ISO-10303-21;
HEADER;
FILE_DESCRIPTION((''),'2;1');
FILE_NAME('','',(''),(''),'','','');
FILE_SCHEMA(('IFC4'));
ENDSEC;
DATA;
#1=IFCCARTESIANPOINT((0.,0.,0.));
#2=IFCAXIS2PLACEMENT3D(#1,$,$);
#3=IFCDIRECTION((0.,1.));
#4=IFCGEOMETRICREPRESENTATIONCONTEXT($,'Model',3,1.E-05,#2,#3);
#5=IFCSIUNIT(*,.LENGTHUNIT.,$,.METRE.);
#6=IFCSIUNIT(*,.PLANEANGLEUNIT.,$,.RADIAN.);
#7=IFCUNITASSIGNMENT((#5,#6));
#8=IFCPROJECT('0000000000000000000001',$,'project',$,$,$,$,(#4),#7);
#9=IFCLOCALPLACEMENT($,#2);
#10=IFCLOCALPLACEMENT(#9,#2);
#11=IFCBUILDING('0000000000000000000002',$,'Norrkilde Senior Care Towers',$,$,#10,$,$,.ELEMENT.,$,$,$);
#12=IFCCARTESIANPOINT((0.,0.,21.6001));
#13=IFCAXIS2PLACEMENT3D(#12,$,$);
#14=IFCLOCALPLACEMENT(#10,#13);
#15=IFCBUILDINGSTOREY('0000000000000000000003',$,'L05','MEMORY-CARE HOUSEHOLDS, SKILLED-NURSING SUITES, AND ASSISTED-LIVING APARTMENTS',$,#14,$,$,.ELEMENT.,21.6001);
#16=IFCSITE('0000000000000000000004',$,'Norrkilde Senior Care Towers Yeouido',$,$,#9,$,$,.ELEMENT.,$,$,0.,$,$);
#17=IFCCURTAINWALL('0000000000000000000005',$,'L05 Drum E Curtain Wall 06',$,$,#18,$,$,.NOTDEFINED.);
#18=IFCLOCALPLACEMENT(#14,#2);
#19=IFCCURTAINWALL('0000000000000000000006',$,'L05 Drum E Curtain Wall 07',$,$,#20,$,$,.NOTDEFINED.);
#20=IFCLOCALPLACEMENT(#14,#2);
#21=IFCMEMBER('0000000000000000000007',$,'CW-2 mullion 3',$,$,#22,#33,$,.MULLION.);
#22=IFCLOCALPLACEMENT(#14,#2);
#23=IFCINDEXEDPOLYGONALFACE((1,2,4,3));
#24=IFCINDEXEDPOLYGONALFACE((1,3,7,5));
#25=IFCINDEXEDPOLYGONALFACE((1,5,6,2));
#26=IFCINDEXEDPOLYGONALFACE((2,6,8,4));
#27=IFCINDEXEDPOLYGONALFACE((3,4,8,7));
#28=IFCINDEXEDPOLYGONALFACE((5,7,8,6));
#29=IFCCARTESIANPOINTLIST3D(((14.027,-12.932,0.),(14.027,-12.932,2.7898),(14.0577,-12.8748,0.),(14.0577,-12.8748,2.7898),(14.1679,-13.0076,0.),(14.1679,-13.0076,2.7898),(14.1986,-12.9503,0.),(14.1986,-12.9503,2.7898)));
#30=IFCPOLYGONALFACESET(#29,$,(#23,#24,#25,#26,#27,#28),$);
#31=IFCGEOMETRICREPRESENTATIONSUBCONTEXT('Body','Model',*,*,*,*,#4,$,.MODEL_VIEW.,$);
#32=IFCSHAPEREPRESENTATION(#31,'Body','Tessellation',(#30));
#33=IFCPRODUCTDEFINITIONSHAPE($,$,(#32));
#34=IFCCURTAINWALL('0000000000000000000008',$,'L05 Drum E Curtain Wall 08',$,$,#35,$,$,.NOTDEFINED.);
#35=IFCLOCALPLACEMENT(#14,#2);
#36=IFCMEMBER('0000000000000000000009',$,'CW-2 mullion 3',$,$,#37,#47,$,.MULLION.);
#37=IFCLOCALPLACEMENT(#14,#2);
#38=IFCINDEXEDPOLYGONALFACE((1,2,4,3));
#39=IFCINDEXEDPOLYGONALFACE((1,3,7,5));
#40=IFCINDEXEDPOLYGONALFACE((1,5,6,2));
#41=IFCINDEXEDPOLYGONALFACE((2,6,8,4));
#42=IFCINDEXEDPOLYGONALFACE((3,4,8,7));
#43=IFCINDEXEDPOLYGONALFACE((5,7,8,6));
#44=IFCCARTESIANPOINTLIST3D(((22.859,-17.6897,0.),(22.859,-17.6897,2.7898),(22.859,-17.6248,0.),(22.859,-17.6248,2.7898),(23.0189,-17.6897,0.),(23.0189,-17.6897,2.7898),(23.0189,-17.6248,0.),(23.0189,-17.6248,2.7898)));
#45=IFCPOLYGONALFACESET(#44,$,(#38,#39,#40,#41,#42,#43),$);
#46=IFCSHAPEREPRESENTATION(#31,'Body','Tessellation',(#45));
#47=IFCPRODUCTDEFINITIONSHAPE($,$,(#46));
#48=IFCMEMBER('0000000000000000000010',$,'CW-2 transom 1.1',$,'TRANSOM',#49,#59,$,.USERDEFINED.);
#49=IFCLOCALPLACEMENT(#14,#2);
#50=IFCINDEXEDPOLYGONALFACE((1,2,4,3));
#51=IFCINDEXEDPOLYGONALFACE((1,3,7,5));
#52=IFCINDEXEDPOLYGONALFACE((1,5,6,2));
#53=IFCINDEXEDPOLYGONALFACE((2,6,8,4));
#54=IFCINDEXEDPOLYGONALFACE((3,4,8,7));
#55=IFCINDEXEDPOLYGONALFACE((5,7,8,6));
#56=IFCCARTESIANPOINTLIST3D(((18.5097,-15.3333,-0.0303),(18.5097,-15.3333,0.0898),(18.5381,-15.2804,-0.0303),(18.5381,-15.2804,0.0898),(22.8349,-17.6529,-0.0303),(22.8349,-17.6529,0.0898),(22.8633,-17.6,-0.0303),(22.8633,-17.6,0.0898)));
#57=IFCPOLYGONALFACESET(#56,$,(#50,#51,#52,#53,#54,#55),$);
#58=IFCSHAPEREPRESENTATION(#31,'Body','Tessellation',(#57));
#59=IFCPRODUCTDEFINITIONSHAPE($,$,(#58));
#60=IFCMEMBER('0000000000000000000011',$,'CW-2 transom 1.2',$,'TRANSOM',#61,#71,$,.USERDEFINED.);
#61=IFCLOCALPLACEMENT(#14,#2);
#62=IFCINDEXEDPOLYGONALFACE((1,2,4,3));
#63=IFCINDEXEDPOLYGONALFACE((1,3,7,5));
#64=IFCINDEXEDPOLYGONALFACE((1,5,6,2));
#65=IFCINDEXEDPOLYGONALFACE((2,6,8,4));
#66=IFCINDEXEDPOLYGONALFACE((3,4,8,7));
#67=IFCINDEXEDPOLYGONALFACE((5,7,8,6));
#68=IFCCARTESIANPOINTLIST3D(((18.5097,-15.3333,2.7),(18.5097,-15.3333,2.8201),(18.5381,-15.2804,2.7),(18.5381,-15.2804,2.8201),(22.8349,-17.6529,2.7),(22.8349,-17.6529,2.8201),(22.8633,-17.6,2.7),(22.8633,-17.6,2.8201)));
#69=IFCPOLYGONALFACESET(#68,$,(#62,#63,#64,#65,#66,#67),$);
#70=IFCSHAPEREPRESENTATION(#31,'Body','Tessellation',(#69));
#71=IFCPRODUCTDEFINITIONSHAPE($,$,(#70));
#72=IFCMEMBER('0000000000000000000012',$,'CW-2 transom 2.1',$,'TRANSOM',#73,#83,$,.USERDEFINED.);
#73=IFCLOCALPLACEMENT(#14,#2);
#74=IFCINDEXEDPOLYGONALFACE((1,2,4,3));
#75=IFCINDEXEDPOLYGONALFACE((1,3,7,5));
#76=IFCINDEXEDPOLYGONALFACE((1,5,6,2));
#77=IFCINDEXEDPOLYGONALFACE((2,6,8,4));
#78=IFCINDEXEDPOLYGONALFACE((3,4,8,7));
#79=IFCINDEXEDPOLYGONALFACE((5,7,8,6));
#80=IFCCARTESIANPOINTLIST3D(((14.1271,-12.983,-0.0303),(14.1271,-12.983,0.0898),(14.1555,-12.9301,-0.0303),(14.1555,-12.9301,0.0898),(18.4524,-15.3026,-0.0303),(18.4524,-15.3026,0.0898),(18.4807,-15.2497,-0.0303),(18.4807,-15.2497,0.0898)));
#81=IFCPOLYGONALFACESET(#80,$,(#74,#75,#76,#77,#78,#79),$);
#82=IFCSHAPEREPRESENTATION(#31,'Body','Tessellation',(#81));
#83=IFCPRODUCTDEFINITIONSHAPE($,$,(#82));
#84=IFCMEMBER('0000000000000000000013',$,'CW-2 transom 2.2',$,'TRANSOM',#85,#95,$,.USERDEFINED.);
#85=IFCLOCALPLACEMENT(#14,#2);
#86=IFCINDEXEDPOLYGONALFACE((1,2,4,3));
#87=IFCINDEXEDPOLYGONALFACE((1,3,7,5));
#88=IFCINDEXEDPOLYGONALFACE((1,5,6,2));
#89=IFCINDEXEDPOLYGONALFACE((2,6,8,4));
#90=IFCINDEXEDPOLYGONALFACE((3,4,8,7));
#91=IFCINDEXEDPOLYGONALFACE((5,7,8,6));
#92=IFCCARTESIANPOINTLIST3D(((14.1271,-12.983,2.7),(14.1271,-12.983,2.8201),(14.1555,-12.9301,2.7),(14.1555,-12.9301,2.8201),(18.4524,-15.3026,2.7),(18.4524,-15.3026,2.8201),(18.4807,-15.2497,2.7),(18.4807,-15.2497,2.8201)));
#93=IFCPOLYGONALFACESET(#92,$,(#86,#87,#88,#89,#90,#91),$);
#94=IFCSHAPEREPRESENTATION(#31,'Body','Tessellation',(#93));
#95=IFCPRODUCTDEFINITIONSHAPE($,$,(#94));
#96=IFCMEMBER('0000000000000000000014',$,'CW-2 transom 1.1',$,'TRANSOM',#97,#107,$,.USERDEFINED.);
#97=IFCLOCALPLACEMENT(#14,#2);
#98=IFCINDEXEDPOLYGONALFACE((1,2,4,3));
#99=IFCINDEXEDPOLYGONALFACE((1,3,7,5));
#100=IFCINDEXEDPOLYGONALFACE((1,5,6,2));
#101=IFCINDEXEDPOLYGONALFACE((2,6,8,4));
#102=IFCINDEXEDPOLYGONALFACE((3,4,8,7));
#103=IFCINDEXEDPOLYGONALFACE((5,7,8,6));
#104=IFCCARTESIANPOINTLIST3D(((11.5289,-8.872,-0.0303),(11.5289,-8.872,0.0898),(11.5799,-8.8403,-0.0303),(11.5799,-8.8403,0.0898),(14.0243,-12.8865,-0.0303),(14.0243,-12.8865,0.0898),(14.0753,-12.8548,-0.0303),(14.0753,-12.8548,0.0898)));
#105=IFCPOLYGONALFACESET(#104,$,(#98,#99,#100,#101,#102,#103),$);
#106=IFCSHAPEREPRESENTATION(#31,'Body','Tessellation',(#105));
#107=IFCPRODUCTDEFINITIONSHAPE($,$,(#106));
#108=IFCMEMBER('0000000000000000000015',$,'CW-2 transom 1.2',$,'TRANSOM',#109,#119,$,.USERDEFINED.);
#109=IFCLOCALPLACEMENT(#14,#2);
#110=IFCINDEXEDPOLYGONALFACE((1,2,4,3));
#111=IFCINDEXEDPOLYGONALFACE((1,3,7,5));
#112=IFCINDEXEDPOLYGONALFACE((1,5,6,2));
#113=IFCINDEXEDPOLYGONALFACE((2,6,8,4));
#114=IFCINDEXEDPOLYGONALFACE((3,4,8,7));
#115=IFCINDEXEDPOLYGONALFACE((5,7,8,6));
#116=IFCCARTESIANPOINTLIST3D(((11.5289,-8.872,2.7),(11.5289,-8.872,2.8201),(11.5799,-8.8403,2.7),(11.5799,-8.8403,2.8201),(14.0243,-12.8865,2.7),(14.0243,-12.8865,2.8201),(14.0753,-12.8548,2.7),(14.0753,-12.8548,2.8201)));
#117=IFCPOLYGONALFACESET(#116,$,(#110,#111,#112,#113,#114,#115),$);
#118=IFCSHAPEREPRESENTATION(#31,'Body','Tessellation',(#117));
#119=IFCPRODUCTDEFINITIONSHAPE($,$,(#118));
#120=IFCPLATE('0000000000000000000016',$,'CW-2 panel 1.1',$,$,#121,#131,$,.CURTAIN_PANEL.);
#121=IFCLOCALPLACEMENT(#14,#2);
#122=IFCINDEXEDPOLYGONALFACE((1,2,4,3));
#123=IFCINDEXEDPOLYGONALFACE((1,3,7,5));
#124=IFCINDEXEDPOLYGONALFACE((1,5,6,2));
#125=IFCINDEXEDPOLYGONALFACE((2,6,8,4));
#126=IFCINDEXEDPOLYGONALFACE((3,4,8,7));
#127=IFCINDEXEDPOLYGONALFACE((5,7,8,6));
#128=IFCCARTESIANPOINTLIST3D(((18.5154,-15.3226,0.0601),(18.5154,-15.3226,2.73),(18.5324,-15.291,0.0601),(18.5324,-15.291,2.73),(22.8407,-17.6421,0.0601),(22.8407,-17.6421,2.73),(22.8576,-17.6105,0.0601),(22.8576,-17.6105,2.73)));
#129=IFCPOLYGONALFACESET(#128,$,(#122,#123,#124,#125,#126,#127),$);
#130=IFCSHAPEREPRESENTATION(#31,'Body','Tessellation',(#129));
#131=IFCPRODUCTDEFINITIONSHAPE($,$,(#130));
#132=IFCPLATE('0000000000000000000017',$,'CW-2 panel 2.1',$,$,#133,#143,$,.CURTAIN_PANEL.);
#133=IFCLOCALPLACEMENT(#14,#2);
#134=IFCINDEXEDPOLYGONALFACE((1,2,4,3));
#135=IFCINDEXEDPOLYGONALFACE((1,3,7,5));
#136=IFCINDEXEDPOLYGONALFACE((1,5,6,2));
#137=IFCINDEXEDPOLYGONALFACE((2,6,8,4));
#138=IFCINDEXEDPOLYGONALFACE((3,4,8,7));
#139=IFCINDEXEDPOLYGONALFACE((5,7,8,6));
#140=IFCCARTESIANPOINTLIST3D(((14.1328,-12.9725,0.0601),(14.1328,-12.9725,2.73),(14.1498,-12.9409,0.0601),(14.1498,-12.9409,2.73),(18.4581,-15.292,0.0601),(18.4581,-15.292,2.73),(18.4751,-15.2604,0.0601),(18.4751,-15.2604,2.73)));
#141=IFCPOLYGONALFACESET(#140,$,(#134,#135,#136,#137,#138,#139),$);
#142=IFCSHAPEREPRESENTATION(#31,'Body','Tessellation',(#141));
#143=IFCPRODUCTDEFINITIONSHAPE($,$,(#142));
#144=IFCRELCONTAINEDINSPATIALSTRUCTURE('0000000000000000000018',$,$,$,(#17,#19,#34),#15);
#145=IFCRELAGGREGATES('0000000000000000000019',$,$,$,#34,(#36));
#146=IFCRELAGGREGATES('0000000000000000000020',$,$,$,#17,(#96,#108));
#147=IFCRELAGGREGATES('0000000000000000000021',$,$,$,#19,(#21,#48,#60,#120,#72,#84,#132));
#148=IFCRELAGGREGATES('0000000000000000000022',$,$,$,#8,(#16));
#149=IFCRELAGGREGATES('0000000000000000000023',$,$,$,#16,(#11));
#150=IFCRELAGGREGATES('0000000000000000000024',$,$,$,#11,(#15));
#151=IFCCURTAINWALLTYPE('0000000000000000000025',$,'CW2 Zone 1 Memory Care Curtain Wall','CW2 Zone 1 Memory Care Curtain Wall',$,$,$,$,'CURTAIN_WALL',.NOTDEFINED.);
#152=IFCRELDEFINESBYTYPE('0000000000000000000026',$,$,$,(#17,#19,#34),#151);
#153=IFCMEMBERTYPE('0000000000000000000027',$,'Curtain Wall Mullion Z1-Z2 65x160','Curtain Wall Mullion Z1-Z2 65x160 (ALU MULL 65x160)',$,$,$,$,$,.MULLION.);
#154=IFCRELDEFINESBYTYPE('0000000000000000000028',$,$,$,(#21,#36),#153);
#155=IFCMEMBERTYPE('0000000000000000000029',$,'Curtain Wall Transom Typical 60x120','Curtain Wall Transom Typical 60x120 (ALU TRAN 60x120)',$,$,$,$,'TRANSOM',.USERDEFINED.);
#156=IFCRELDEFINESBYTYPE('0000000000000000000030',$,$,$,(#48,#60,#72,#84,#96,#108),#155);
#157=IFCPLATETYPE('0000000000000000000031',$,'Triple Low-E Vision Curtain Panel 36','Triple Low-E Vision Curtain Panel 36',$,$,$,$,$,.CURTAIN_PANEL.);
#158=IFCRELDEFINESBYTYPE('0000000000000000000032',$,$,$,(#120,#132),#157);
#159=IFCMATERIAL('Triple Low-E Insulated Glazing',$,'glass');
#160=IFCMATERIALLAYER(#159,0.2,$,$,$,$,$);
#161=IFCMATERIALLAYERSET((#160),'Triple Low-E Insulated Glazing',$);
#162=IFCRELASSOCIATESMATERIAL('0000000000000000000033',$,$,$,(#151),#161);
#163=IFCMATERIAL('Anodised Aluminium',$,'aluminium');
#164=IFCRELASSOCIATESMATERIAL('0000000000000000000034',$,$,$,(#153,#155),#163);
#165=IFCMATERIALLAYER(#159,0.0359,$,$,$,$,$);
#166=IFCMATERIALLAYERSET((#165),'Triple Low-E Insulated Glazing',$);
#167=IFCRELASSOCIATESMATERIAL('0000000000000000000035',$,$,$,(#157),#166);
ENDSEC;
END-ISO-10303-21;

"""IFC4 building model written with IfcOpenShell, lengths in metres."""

from ifc_helpers import new_model, si_unit, direction, frame, origin, origin_2d, place, context, subcontext, project, spatial, rectangle, extrude, source, transform, mapped, material, layer, layer_set, material_profile, profile_set, type_object, type_shapes, element, aggregate, save


model = new_model("IFC4")

# Units and contexts
model_context = context("Model", 3, precision=1e-05, world=origin(), true_north=direction((0.0, 1.0)))
body_context = subcontext(model_context, "Body", "Model", "MODEL_VIEW")
ifc_project = project(units=[si_unit("LENGTHUNIT", "METRE"), si_unit("PLANEANGLEUNIT", "RADIAN")], contexts=[model_context])

# Site, building, storey
site_placement = place(None, origin())
site = spatial("IfcSite", under=ifc_project, at=site_placement, Name="Norrkilde Senior Care Towers Yeouido", CompositionType="ELEMENT", RefElevation=0.0)
building_placement = place(site_placement, origin())
building = spatial("IfcBuilding", under=site, at=building_placement, Name="Norrkilde Senior Care Towers", CompositionType="ELEMENT")
storey_placement = place(building_placement, frame((0.0, 0.0, 21.6001)))
storey = spatial("IfcBuildingStorey", under=building, at=storey_placement, Name="L05", Description="MEMORY-CARE HOUSEHOLDS, SKILLED-NURSING SUITES, AND ASSISTED-LIVING APARTMENTS", CompositionType="ELEMENT", Elevation=21.6001)

# Curtain wall
ifc_material_1 = material(Name="Triple Low-E Insulated Glazing", Category="glass")
ifc_layer_1 = layer(ifc_material_1, 0.2)
ifc_layer_set_1 = layer_set([ifc_layer_1], Name="Triple Low-E Insulated Glazing")
curtain_wall_type = type_object("IfcCurtainWallType", Name="CW2 Zone 1 Memory Care Curtain Wall", Description="CW2 Zone 1 Memory Care Curtain Wall", ElementType="CURTAIN_WALL", PredefinedType="NOTDEFINED", material=ifc_layer_set_1)
curtain_wall_1_placement = place(storey_placement, origin())
curtain_wall_1 = element("IfcCurtainWall", 1, at=curtain_wall_1_placement, inside=storey, type_object=curtain_wall_type, Name="L05 Drum E Curtain Wall 06", PredefinedType="NOTDEFINED")
ifc_material_2 = material(Name="Anodised Aluminium", Category="aluminium")
ifc_material_profile_1 = material_profile(ifc_material_2, rectangle(XDim=0.0649, YDim=0.1599, at=origin_2d()), Name="ALU MULL 65x160")
ifc_profile_set_1 = profile_set([ifc_material_profile_1], Name="Anodised Aluminium")
member_type_1 = type_object("IfcMemberType", Name="Curtain Wall Mullion Z1-Z2 65x160", Description="Curtain Wall Mullion Z1-Z2 65x160 (ALU MULL 65x160)", PredefinedType="MULLION", material=ifc_profile_set_1)
shared_shape_1 = source(origin(), body_context, "Body", "SweptSolid", [
    extrude(rectangle(XDim=0.0649, YDim=0.1599, at=origin_2d()), origin(), (0.0, 0.0, 1.0), 2.7898),
])
type_shapes(member_type_1, [shared_shape_1])

# Curtain wall, member
curtain_wall_2_placement = place(storey_placement, origin())
curtain_wall_2 = element("IfcCurtainWall", 2, at=curtain_wall_2_placement, inside=storey, type_object=curtain_wall_type, Name="L05 Drum E Curtain Wall 07", PredefinedType="NOTDEFINED")
member_1_placement = place(storey_placement, frame((14.1128, -12.9412, 0.0), z_axis=(0.0, 0.0, 1.0), x_axis=(-0.472608, -0.881273, 0.0)))
member_1 = element("IfcMember", 3, at=member_1_placement, type_object=member_type_1, Name="CW-2 mullion 3", PredefinedType="MULLION", context=body_context, shape_type="MappedRepresentation", body=[
    mapped(shared_shape_1, transform((0.0, 0.0, 0.0), x_axis=(1.0, 0.0, 0.0), y_axis=(0.0, 1.0, 0.0), z_axis=(0.0, 0.0, 1.0), scale=1.0)),
])

# Curtain wall, member
curtain_wall_3_placement = place(storey_placement, origin())
curtain_wall_3 = element("IfcCurtainWall", 4, at=curtain_wall_3_placement, inside=storey, type_object=curtain_wall_type, Name="L05 Drum E Curtain Wall 08", PredefinedType="NOTDEFINED")
member_2_placement = place(storey_placement, frame((22.939, -17.6572, 0.0), z_axis=(0.0, 0.0, 1.0), x_axis=(0.0, -1.0, 0.0)))
member_2 = element("IfcMember", 5, at=member_2_placement, type_object=member_type_1, Name="CW-2 mullion 3", PredefinedType="MULLION", context=body_context, shape_type="MappedRepresentation", body=[
    mapped(shared_shape_1, transform((0.0, 0.0, 0.0), x_axis=(1.0, 0.0, 0.0), y_axis=(0.0, 1.0, 0.0), z_axis=(0.0, 0.0, 1.0), scale=1.0)),
])
aggregate(curtain_wall_3, [member_2])

# Members
ifc_material_profile_2 = material_profile(ifc_material_2, rectangle(XDim=0.0601, YDim=0.1201, at=origin_2d()), Name="ALU TRAN 60x120")
ifc_profile_set_2 = profile_set([ifc_material_profile_2], Name="Anodised Aluminium")
member_type_2 = type_object("IfcMemberType", Name="Curtain Wall Transom Typical 60x120", Description="Curtain Wall Transom Typical 60x120 (ALU TRAN 60x120)", ElementType="TRANSOM", PredefinedType="USERDEFINED", material=ifc_profile_set_2)
shared_shape_2 = source(origin(), body_context, "Body", "SweptSolid", [
    extrude(rectangle(XDim=0.0601, YDim=0.1201, at=origin_2d()), origin(), (0.0, 0.0, 1.0), 4.908),
])
member_3_placement = place(storey_placement, frame((22.8491, -17.6265, 0.0298), z_axis=(-0.881267, 0.472619, 0.0), x_axis=(-0.472619, -0.881267, 0.0)))
member_3 = element("IfcMember", 6, at=member_3_placement, type_object=member_type_2, Name="CW-2 transom 1.1", ObjectType="TRANSOM", PredefinedType="USERDEFINED", context=body_context, shape_type="MappedRepresentation", body=[
    mapped(shared_shape_2, transform((0.0, 0.0, 0.0), x_axis=(1.0, 0.0, 0.0), y_axis=(0.0, 1.0, 0.0), z_axis=(0.0, 0.0, 1.0), scale=1.0)),
])
member_4_placement = place(storey_placement, frame((22.8491, -17.6265, 2.76), z_axis=(-0.881267, 0.472619, 0.0), x_axis=(-0.472619, -0.881267, 0.0)))
member_4 = element("IfcMember", 7, at=member_4_placement, type_object=member_type_2, Name="CW-2 transom 1.2", ObjectType="TRANSOM", PredefinedType="USERDEFINED", context=body_context, shape_type="MappedRepresentation", body=[
    mapped(shared_shape_2, transform((0.0, 0.0, 0.0), x_axis=(1.0, 0.0, 0.0), y_axis=(0.0, 1.0, 0.0), z_axis=(0.0, 0.0, 1.0), scale=1.0)),
])
member_5_placement = place(storey_placement, frame((18.4666, -15.2761, 0.0298), z_axis=(-0.881267, 0.472619, 0.0), x_axis=(-0.472619, -0.881267, 0.0)))
member_5 = element("IfcMember", 8, at=member_5_placement, type_object=member_type_2, Name="CW-2 transom 2.1", ObjectType="TRANSOM", PredefinedType="USERDEFINED", context=body_context, shape_type="MappedRepresentation", body=[
    mapped(shared_shape_2, transform((0.0, 0.0, 0.0), x_axis=(1.0, 0.0, 0.0), y_axis=(0.0, 1.0, 0.0), z_axis=(0.0, 0.0, 1.0), scale=1.0)),
])
member_6_placement = place(storey_placement, frame((18.4666, -15.2761, 2.76), z_axis=(-0.881267, 0.472619, 0.0), x_axis=(-0.472619, -0.881267, 0.0)))
member_6 = element("IfcMember", 9, at=member_6_placement, type_object=member_type_2, Name="CW-2 transom 2.2", ObjectType="TRANSOM", PredefinedType="USERDEFINED", context=body_context, shape_type="MappedRepresentation", body=[
    mapped(shared_shape_2, transform((0.0, 0.0, 0.0), x_axis=(1.0, 0.0, 0.0), y_axis=(0.0, 1.0, 0.0), z_axis=(0.0, 0.0, 1.0), scale=1.0)),
])
shared_shape_3 = source(origin(), body_context, "Body", "SweptSolid", [
    extrude(rectangle(XDim=0.0601, YDim=0.1201, at=origin_2d()), origin(), (0.0, 0.0, 1.0), 4.7268),
])
type_shapes(member_type_2, [shared_shape_2, shared_shape_3])
member_7_placement = place(storey_placement, frame((14.0498, -12.8706, 0.0298), z_axis=(-0.527922, 0.849293, 0.0), x_axis=(-0.849293, -0.527922, 0.0)))
member_7 = element("IfcMember", 10, at=member_7_placement, type_object=member_type_2, Name="CW-2 transom 1.1", ObjectType="TRANSOM", PredefinedType="USERDEFINED", context=body_context, shape_type="MappedRepresentation", body=[
    mapped(shared_shape_3, transform((0.0, 0.0, 0.0), x_axis=(1.0, 0.0, 0.0), y_axis=(0.0, 1.0, 0.0), z_axis=(0.0, 0.0, 1.0), scale=1.0)),
])
member_8_placement = place(storey_placement, frame((14.0498, -12.8706, 2.76), z_axis=(-0.527922, 0.849293, 0.0), x_axis=(-0.849293, -0.527922, 0.0)))
member_8 = element("IfcMember", 11, at=member_8_placement, type_object=member_type_2, Name="CW-2 transom 1.2", ObjectType="TRANSOM", PredefinedType="USERDEFINED", context=body_context, shape_type="MappedRepresentation", body=[
    mapped(shared_shape_3, transform((0.0, 0.0, 0.0), x_axis=(1.0, 0.0, 0.0), y_axis=(0.0, 1.0, 0.0), z_axis=(0.0, 0.0, 1.0), scale=1.0)),
])
aggregate(curtain_wall_1, [member_7, member_8])

# Plates
ifc_layer_2 = layer(ifc_material_1, 0.0359)
ifc_layer_set_2 = layer_set([ifc_layer_2], Name="Triple Low-E Insulated Glazing")
plate_type = type_object("IfcPlateType", Name="Triple Low-E Vision Curtain Panel 36", Description="Triple Low-E Vision Curtain Panel 36", PredefinedType="CURTAIN_PANEL", material=ifc_layer_set_2)
shared_shape_4 = source(origin(), body_context, "Body", "SweptSolid", [
    extrude(rectangle(XDim=4.908, YDim=0.0359, at=origin_2d()), origin(), (0.0, 0.0, 1.0), 2.6699),
])
type_shapes(plate_type, [shared_shape_4])
plate_1_placement = place(storey_placement, frame((20.6865, -16.4666, 0.0601), z_axis=(0.0, 0.0, 1.0), x_axis=(-0.881273, 0.472608, 0.0)))
plate_1 = element("IfcPlate", 12, at=plate_1_placement, type_object=plate_type, Name="CW-2 panel 1.1", PredefinedType="CURTAIN_PANEL", context=body_context, shape_type="MappedRepresentation", body=[
    mapped(shared_shape_4, transform((0.0, 0.0, 0.0), x_axis=(1.0, 0.0, 0.0), y_axis=(0.0, 1.0, 0.0), z_axis=(0.0, 0.0, 1.0), scale=1.0)),
])
plate_2_placement = place(storey_placement, frame((16.304, -14.1165, 0.0601), z_axis=(0.0, 0.0, 1.0), x_axis=(-0.881273, 0.472608, 0.0)))
plate_2 = element("IfcPlate", 13, at=plate_2_placement, type_object=plate_type, Name="CW-2 panel 2.1", PredefinedType="CURTAIN_PANEL", context=body_context, shape_type="MappedRepresentation", body=[
    mapped(shared_shape_4, transform((0.0, 0.0, 0.0), x_axis=(1.0, 0.0, 0.0), y_axis=(0.0, 1.0, 0.0), z_axis=(0.0, 0.0, 1.0), scale=1.0)),
])
aggregate(curtain_wall_2, [member_1, member_3, member_4, plate_1, member_5, member_6, plate_2])

save(model, "model.ifc")
